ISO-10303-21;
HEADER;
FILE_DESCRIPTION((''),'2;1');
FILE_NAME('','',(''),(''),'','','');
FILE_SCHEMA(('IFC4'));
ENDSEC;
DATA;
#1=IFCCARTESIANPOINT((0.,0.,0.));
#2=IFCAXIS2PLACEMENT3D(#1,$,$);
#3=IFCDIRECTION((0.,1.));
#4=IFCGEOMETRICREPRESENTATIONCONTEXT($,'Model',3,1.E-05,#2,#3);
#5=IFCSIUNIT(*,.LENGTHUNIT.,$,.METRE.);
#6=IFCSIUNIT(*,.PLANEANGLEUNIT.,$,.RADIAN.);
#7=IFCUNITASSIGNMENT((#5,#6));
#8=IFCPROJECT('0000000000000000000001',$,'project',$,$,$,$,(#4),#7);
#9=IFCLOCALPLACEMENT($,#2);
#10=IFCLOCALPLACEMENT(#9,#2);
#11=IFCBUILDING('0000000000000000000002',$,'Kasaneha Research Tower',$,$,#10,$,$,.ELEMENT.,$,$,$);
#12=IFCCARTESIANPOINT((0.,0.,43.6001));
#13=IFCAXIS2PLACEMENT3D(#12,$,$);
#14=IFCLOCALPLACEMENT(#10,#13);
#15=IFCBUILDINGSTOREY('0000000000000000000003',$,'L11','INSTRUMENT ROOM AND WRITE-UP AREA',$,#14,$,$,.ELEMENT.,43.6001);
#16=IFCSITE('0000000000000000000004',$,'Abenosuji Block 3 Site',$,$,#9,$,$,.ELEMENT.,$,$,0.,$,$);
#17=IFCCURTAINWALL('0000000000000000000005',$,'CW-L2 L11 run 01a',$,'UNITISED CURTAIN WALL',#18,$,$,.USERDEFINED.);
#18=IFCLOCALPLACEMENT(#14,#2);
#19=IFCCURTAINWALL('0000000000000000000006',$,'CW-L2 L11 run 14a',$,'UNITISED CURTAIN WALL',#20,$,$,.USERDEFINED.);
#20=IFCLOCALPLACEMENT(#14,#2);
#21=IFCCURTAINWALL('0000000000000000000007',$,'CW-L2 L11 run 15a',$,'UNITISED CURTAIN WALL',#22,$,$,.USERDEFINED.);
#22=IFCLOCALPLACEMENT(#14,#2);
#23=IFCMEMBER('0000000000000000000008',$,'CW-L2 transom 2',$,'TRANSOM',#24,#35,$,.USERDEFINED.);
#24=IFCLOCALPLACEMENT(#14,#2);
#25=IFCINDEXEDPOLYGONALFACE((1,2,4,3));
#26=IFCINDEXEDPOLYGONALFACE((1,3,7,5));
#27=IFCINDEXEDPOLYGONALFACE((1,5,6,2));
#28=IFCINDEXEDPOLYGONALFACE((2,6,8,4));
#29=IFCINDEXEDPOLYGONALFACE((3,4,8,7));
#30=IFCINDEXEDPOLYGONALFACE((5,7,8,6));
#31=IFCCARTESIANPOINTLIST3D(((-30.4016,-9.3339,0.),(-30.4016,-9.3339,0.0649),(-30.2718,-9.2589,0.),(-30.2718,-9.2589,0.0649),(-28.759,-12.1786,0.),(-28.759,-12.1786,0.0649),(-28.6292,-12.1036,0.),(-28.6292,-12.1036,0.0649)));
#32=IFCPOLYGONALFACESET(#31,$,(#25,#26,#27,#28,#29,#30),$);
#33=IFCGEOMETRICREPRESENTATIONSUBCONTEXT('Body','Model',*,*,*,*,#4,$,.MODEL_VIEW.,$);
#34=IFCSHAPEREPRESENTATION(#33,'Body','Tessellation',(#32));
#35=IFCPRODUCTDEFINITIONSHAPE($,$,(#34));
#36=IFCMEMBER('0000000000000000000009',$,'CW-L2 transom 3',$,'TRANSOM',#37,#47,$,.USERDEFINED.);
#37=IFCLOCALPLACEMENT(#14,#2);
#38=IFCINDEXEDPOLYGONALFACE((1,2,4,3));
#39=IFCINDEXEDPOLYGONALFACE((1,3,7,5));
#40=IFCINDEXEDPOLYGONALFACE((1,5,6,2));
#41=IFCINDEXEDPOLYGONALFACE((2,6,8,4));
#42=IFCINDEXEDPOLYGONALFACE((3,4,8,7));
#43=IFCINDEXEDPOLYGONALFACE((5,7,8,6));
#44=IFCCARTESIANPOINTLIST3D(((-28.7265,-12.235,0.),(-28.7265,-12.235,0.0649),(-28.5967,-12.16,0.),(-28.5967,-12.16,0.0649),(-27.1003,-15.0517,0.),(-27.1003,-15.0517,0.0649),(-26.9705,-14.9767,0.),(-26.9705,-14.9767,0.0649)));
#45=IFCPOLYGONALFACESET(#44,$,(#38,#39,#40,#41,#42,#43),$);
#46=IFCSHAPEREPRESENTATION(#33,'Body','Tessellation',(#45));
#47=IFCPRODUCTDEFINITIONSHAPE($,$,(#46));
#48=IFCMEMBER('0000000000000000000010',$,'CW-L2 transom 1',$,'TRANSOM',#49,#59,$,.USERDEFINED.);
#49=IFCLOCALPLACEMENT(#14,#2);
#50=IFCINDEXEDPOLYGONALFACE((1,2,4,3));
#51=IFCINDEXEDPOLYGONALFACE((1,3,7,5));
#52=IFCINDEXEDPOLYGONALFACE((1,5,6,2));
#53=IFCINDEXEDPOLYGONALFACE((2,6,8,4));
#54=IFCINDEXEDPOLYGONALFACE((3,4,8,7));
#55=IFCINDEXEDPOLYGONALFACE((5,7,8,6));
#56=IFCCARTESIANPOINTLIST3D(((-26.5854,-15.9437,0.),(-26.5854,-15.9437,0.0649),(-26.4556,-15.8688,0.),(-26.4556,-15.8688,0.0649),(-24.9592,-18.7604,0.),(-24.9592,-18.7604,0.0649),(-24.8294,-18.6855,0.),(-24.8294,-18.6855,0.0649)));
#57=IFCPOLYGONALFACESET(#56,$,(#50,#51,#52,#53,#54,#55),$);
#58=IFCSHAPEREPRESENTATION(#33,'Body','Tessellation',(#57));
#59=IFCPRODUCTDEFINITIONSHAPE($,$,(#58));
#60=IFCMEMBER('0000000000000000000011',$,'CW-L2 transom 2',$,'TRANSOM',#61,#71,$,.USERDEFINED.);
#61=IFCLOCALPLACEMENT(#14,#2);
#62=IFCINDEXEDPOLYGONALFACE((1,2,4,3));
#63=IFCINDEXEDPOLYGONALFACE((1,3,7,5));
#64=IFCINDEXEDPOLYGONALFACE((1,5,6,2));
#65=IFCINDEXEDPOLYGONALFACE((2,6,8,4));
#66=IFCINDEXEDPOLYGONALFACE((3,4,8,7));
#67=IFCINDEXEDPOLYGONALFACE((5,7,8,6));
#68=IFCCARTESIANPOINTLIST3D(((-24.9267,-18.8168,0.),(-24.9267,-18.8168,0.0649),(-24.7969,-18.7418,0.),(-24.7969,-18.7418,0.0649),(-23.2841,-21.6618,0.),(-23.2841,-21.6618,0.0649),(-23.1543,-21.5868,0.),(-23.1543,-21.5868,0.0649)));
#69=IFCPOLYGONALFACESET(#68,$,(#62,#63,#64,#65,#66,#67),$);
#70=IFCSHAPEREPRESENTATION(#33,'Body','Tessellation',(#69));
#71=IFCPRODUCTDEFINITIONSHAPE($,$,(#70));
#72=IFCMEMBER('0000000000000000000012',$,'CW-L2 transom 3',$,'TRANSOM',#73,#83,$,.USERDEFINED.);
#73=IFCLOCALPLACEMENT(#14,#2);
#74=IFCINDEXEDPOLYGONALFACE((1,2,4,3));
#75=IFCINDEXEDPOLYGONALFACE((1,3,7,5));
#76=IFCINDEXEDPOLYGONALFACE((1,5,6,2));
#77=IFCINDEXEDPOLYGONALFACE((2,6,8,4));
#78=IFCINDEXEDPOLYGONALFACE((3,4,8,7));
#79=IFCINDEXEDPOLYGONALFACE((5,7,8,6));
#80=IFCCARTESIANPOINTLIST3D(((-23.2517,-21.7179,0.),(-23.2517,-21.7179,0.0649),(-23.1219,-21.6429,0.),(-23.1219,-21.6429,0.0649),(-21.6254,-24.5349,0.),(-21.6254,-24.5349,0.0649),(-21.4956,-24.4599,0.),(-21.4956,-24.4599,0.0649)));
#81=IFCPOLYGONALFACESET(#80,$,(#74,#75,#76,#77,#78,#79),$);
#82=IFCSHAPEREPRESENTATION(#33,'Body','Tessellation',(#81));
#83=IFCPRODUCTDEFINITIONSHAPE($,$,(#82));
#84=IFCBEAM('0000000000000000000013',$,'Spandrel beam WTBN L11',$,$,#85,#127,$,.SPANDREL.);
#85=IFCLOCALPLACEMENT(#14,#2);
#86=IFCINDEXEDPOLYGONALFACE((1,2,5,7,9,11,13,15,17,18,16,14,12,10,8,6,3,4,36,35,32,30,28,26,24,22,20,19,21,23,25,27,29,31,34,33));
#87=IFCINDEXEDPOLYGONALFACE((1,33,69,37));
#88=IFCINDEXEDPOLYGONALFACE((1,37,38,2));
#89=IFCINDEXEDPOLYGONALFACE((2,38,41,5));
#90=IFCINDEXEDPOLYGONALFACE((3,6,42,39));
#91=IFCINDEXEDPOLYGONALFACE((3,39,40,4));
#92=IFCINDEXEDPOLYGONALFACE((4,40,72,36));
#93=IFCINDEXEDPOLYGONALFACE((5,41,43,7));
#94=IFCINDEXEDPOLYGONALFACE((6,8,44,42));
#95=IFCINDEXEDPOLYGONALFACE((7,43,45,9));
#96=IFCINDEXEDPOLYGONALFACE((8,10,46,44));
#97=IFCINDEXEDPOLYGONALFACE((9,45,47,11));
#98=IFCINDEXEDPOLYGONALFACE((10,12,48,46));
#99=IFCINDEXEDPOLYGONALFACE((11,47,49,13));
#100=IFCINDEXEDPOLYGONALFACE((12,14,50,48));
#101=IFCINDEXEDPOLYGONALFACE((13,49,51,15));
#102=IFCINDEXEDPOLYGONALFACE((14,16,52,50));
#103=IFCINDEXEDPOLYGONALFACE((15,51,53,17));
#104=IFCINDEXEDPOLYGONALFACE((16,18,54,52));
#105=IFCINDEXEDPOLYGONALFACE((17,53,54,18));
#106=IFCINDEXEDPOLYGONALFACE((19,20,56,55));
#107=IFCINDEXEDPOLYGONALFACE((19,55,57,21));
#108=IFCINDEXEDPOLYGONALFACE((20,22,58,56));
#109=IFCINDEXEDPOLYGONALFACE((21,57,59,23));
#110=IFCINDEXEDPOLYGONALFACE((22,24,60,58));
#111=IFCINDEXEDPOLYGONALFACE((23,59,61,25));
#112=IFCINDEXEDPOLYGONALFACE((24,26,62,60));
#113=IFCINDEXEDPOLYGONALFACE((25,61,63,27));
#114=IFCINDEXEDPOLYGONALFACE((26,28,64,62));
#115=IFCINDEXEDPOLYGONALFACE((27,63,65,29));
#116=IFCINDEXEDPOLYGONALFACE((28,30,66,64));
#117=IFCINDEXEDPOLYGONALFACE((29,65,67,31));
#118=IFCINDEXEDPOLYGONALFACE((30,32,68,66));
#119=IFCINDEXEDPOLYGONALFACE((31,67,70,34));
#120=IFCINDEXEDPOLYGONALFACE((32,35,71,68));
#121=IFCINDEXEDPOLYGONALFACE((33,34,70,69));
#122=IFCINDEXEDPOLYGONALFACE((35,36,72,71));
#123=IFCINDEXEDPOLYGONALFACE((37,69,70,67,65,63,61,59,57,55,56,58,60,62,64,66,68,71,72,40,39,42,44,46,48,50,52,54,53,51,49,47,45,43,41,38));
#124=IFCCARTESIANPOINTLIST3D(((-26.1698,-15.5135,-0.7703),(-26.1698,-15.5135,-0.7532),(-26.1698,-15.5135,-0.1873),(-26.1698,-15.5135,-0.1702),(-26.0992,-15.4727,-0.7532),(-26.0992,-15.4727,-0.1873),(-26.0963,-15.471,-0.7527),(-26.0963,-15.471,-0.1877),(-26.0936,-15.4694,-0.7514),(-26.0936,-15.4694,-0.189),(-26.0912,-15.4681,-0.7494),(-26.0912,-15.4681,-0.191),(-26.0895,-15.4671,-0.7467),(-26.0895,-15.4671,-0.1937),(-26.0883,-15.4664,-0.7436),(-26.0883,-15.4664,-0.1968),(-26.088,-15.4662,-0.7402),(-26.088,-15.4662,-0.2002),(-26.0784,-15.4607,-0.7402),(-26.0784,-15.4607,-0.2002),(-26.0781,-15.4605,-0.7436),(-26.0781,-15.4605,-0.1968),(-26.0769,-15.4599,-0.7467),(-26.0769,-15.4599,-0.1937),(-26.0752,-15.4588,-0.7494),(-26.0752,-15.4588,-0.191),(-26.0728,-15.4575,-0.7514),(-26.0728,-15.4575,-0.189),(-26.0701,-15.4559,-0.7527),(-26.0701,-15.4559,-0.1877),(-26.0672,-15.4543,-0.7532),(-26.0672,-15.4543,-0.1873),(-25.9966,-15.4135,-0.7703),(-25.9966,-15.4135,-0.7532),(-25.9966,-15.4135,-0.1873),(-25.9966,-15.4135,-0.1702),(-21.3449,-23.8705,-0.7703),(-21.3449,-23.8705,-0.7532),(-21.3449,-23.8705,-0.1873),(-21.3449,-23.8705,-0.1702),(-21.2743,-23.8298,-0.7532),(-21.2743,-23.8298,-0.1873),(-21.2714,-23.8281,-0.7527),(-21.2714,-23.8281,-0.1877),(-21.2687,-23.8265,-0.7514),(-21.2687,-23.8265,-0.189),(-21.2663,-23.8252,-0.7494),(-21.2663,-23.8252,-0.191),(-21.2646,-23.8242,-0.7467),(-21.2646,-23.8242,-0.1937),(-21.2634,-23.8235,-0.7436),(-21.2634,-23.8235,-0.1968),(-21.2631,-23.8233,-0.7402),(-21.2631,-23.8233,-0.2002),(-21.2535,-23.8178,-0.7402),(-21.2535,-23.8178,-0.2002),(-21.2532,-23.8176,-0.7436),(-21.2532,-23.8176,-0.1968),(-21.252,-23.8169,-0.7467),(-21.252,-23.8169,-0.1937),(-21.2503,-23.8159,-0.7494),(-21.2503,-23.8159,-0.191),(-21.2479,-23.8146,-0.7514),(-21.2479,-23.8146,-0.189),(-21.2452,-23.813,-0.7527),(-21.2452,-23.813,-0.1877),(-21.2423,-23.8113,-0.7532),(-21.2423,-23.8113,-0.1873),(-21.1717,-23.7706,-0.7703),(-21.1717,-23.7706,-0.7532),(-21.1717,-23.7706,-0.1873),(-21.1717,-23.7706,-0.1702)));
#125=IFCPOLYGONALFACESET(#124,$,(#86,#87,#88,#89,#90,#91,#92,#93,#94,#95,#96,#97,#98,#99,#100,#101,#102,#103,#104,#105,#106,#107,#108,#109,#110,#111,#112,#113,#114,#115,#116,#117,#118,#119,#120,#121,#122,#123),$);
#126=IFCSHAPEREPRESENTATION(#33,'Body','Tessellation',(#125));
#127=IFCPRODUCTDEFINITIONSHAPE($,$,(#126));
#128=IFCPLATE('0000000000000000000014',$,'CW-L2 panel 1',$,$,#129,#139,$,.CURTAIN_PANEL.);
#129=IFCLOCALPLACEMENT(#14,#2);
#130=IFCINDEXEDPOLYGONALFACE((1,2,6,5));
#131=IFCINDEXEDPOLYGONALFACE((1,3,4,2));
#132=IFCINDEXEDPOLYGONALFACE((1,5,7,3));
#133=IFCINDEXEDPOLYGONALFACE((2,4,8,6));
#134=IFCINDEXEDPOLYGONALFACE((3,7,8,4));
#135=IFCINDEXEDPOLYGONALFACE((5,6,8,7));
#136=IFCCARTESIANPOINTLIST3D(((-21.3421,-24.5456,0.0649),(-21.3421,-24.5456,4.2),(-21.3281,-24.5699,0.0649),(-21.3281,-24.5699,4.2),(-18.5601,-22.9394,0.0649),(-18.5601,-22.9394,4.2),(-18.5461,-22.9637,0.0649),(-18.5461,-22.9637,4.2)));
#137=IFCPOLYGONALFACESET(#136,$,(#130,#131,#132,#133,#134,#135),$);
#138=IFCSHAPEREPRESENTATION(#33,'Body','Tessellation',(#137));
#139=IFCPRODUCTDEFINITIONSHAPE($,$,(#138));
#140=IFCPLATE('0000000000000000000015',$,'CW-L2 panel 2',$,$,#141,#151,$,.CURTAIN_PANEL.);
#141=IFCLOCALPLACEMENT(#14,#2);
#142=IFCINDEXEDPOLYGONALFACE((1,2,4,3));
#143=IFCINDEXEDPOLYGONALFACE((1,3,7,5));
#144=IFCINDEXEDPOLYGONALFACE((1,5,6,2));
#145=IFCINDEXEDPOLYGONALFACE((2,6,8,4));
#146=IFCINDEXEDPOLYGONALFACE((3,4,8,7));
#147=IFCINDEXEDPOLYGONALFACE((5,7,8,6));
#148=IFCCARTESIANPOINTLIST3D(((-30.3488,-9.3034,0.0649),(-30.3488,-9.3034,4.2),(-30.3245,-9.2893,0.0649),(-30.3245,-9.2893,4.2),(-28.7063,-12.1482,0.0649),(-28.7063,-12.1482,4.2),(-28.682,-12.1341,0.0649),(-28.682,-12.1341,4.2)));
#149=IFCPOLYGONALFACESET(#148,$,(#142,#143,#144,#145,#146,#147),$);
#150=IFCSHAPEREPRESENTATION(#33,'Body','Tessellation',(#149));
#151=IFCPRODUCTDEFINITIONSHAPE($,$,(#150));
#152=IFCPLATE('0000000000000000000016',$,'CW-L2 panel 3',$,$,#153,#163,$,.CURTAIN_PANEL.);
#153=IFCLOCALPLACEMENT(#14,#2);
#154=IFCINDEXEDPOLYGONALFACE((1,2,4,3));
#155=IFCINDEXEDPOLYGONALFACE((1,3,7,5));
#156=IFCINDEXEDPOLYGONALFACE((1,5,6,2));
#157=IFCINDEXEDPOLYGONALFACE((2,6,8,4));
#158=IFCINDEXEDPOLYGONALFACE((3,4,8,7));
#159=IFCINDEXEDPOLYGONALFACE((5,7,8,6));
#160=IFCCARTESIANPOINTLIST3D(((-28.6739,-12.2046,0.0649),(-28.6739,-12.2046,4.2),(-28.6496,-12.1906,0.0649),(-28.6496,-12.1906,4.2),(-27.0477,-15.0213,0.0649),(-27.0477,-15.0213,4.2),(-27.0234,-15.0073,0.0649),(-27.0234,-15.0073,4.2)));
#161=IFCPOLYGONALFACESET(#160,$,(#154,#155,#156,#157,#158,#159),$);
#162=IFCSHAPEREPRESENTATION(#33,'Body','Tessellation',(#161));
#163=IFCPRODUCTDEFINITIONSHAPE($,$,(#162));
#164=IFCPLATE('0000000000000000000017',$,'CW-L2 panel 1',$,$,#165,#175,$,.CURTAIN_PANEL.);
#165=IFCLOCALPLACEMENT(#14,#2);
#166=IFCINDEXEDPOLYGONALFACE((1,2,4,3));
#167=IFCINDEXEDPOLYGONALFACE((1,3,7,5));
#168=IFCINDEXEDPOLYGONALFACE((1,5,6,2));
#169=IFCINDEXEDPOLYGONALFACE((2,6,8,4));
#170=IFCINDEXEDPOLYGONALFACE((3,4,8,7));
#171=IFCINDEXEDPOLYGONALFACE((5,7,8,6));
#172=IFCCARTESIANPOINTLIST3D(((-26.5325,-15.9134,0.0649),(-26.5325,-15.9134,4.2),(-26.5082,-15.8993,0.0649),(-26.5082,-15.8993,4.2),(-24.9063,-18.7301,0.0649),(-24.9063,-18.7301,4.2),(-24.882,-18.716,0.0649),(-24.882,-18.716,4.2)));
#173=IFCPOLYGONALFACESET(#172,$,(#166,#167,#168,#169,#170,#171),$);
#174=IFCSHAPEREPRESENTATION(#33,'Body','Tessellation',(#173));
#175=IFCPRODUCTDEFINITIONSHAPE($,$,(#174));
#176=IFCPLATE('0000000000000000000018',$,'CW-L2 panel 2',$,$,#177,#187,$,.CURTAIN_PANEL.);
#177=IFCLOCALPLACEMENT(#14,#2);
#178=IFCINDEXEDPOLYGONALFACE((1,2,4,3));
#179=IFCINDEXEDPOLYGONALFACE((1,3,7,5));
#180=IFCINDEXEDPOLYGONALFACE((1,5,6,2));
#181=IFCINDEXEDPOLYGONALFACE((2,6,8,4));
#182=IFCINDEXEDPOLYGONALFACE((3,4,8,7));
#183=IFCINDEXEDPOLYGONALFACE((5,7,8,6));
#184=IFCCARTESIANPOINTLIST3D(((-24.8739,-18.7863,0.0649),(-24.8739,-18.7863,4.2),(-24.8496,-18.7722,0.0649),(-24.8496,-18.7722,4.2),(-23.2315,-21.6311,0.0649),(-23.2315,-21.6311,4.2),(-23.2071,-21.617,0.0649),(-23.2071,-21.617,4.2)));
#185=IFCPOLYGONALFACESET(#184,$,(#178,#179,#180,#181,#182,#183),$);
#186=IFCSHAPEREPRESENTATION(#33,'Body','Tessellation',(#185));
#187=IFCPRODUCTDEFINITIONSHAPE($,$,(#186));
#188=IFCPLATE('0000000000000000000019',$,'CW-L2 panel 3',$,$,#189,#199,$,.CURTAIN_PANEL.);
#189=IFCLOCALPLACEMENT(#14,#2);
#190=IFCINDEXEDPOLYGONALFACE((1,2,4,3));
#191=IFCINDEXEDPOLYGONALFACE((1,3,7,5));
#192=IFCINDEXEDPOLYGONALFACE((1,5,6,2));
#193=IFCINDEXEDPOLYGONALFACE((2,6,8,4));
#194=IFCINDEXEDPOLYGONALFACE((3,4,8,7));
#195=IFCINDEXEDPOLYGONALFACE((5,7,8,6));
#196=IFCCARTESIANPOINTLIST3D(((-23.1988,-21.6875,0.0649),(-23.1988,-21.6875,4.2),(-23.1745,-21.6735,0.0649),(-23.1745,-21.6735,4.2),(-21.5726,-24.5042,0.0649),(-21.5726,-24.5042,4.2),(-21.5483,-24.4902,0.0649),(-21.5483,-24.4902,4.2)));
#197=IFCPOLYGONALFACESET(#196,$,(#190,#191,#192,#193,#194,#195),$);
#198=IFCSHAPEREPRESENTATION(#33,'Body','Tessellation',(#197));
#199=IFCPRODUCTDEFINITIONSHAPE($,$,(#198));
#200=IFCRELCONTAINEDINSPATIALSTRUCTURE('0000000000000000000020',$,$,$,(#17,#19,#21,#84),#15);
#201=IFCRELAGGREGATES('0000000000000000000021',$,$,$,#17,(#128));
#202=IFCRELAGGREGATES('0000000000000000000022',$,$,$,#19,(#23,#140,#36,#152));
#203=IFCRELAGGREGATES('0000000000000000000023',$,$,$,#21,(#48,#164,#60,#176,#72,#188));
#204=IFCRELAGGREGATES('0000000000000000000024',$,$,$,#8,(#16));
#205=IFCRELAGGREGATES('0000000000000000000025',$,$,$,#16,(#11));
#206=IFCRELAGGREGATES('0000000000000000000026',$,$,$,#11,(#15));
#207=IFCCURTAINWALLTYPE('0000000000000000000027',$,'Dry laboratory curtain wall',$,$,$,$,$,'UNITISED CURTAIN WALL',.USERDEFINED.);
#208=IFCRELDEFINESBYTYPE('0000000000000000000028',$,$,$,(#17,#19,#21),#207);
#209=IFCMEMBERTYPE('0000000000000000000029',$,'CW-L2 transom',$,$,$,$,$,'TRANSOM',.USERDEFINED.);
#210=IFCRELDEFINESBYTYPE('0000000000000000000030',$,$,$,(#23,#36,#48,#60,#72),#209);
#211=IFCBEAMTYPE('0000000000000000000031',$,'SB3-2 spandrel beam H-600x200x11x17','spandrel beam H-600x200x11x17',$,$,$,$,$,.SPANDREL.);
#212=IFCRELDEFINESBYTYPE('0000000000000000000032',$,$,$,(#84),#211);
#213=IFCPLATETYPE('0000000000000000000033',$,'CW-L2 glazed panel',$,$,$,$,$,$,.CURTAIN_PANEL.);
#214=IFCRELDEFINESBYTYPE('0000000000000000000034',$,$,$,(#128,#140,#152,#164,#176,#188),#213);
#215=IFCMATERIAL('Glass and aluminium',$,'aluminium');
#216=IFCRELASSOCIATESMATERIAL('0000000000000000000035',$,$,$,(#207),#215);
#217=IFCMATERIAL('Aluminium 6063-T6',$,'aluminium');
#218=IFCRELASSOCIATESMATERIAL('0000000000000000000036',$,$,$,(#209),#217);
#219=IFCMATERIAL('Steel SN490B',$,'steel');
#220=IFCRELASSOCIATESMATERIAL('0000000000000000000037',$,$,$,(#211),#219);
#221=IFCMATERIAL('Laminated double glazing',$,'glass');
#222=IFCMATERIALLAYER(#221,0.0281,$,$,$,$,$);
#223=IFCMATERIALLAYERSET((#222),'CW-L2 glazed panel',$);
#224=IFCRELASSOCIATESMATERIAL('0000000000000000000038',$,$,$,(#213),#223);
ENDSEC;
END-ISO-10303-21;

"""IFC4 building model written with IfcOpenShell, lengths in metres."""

from ifc_helpers import new_model, si_unit, direction, frame, origin, origin_2d, place, context, subcontext, project, spatial, rectangle, i_section, extrude, material, layer, layer_set, material_profile, profile_set, type_object, element, aggregate, save


model = new_model("IFC4")

# Units and contexts
model_context = context("Model", 3, precision=1e-05, world=origin(), true_north=direction((0.0, 1.0)))
body_context = subcontext(model_context, "Body", "Model", "MODEL_VIEW")
ifc_project = project(units=[si_unit("LENGTHUNIT", "METRE"), si_unit("PLANEANGLEUNIT", "RADIAN")], contexts=[model_context])

# Site, building, storey
site_placement = place(None, origin())
site = spatial("IfcSite", under=ifc_project, at=site_placement, Name="Abenosuji Block 3 Site", CompositionType="ELEMENT", RefElevation=0.0)
building_placement = place(site_placement, origin())
building = spatial("IfcBuilding", under=site, at=building_placement, Name="Kasaneha Research Tower", CompositionType="ELEMENT")
storey_placement = place(building_placement, frame((0.0, 0.0, 43.6001)))
storey = spatial("IfcBuildingStorey", under=building, at=storey_placement, Name="L11", Description="INSTRUMENT ROOM AND WRITE-UP AREA", CompositionType="ELEMENT", Elevation=43.6001)

# Curtain wall
ifc_material_1 = material(Name="Glass and aluminium", Category="aluminium")
curtain_wall_type = type_object("IfcCurtainWallType", Name="Dry laboratory curtain wall", ElementType="UNITISED CURTAIN WALL", PredefinedType="USERDEFINED", material=ifc_material_1)
curtain_wall_1_placement = place(storey_placement, origin())
curtain_wall_1 = element("IfcCurtainWall", 1, at=curtain_wall_1_placement, inside=storey, type_object=curtain_wall_type, Name="CW-L2 L11 run 01a", ObjectType="UNITISED CURTAIN WALL", PredefinedType="USERDEFINED")

# Curtain walls
curtain_wall_2_placement = place(storey_placement, origin())
curtain_wall_2 = element("IfcCurtainWall", 2, at=curtain_wall_2_placement, inside=storey, type_object=curtain_wall_type, Name="CW-L2 L11 run 14a", ObjectType="UNITISED CURTAIN WALL", PredefinedType="USERDEFINED")
curtain_wall_3_placement = place(storey_placement, origin())
curtain_wall_3 = element("IfcCurtainWall", 3, at=curtain_wall_3_placement, inside=storey, type_object=curtain_wall_type, Name="CW-L2 L11 run 15a", ObjectType="UNITISED CURTAIN WALL", PredefinedType="USERDEFINED")

# Members
ifc_material_2 = material(Name="Aluminium 6063-T6", Category="aluminium")
ifc_material_profile_1 = material_profile(ifc_material_2, rectangle(XDim=0.1499, YDim=0.0649, at=origin_2d()), Name="CW-L2 transom 150x65")
ifc_profile_set_1 = profile_set([ifc_material_profile_1], Name="Aluminium 6063-T6")
member_type_1 = type_object("IfcMemberType", Name="CW-L2 transom", ElementType="TRANSOM", PredefinedType="USERDEFINED", material=ifc_profile_set_1)
member_1_placement = place(storey_placement, frame((-30.3367, -9.2964, 0.0325), z_axis=(0.50004, -0.866002, 0.0), x_axis=(0.866002, 0.50004, 0.0)))
member_1 = element("IfcMember", 4, at=member_1_placement, type_object=member_type_1, Name="CW-L2 transom 2", ObjectType="TRANSOM", PredefinedType="USERDEFINED", context=body_context, shape_type="SweptSolid", body=[
    extrude(rectangle(XDim=0.1499, YDim=0.0649, at=origin_2d()), origin(), (0.0, 0.0, 1.0), 3.2849),
])
member_2_placement = place(storey_placement, frame((-28.6616, -12.1975, 0.0325), z_axis=(0.500006, -0.866022, 0.0), x_axis=(0.866022, 0.500006, 0.0)))
member_2 = element("IfcMember", 5, at=member_2_placement, type_object=member_type_1, Name="CW-L2 transom 3", ObjectType="TRANSOM", PredefinedType="USERDEFINED", context=body_context, shape_type="SweptSolid", body=[
    extrude(rectangle(XDim=0.1499, YDim=0.0649, at=origin_2d()), origin(), (0.0, 0.0, 1.0), 3.2524),
])
member_3_placement = place(storey_placement, frame((-26.5205, -15.9062, 0.0325), z_axis=(0.500006, -0.866022, 0.0), x_axis=(0.866022, 0.500006, 0.0)))
member_3 = element("IfcMember", 6, at=member_3_placement, type_object=member_type_1, Name="CW-L2 transom 1", ObjectType="TRANSOM", PredefinedType="USERDEFINED", context=body_context, shape_type="SweptSolid", body=[
    extrude(rectangle(XDim=0.1499, YDim=0.0649, at=origin_2d()), origin(), (0.0, 0.0, 1.0), 3.2524),
])
member_4_placement = place(storey_placement, frame((-24.8618, -18.7793, 0.0325), z_axis=(0.500008, -0.866021, 0.0), x_axis=(0.866021, 0.500008, 0.0)))
member_4 = element("IfcMember", 7, at=member_4_placement, type_object=member_type_1, Name="CW-L2 transom 2", ObjectType="TRANSOM", PredefinedType="USERDEFINED", context=body_context, shape_type="SweptSolid", body=[
    extrude(rectangle(XDim=0.1499, YDim=0.0649, at=origin_2d()), origin(), (0.0, 0.0, 1.0), 3.2852),
])
member_5_placement = place(storey_placement, frame((-23.1868, -21.6804, 0.0325), z_axis=(0.499974, -0.866041, 0.0), x_axis=(0.866041, 0.499974, 0.0)))
member_5 = element("IfcMember", 8, at=member_5_placement, type_object=member_type_1, Name="CW-L2 transom 3", ObjectType="TRANSOM", PredefinedType="USERDEFINED", context=body_context, shape_type="SweptSolid", body=[
    extrude(rectangle(XDim=0.1499, YDim=0.0649, at=origin_2d()), origin(), (0.0, 0.0, 1.0), 3.2527),
])

# Beam
ifc_material_3 = material(Name="Steel SN490B", Category="steel")
ifc_material_profile_2 = material_profile(ifc_material_3, i_section(OverallWidth=0.2, OverallDepth=0.6001, WebThickness=0.011, FlangeThickness=0.0171, FilletRadius=0.0129, at=origin_2d()), Name="H-600x200x11x17")
ifc_profile_set_2 = profile_set([ifc_material_profile_2], Name="Steel SN490B")
beam_type_1 = type_object("IfcBeamType", Name="SB3-2 spandrel beam H-600x200x11x17", Description="spandrel beam H-600x200x11x17", PredefinedType="SPANDREL", material=ifc_profile_set_2)
beam_1_placement = place(storey_placement, frame((-21.2583, -23.8206, -0.4702), z_axis=(-0.499995, 0.866028, 0.0), x_axis=(-0.866028, -0.499995, 0.0)))
element("IfcBeam", 9, at=beam_1_placement, inside=storey, type_object=beam_type_1, Name="Spandrel beam WTBN L11", PredefinedType="SPANDREL", context=body_context, shape_type="SweptSolid", body=[
    extrude(i_section(OverallWidth=0.2, OverallDepth=0.6001, WebThickness=0.011, FlangeThickness=0.0171, FilletRadius=0.0129, at=origin_2d()), origin(), (0.0, 0.0, 1.0), 9.6499),
])

# Plates
ifc_material_4 = material(Name="Laminated double glazing", Category="glass")
ifc_layer_1 = layer(ifc_material_4, 0.0281)
ifc_layer_set_1 = layer_set([ifc_layer_1], Name="CW-L2 glazed panel")
plate_type = type_object("IfcPlateType", Name="CW-L2 glazed panel", PredefinedType="CURTAIN_PANEL", material=ifc_layer_set_1)
plate_1_placement = place(storey_placement, frame((-19.9441, -23.7546, 0.0649), z_axis=(0.0, 0.0, 1.0), x_axis=(0.866025, 0.5, 0.0)))
plate_1 = element("IfcPlate", 10, at=plate_1_placement, type_object=plate_type, Name="CW-L2 panel 1", PredefinedType="CURTAIN_PANEL", context=body_context, shape_type="SweptSolid", body=[
    extrude(rectangle(XDim=3.2124, YDim=0.0281, at=origin_2d()), origin(), (0.0, 0.0, 1.0), 4.135),
])
aggregate(curtain_wall_1, [plate_1])
plate_2_placement = place(storey_placement, frame((-29.5154, -10.7188, 0.0649), z_axis=(0.0, 0.0, 1.0), x_axis=(0.5, -0.866025, 0.0)))
plate_2 = element("IfcPlate", 11, at=plate_2_placement, type_object=plate_type, Name="CW-L2 panel 2", PredefinedType="CURTAIN_PANEL", context=body_context, shape_type="SweptSolid", body=[
    extrude(rectangle(XDim=3.2849, YDim=0.0281, at=origin_2d()), origin(), (0.0, 0.0, 1.0), 4.135),
])
plate_3_placement = place(storey_placement, frame((-27.8486, -13.606, 0.0649), z_axis=(0.0, 0.0, 1.0), x_axis=(0.5, -0.866025, 0.0)))
plate_3 = element("IfcPlate", 12, at=plate_3_placement, type_object=plate_type, Name="CW-L2 panel 3", PredefinedType="CURTAIN_PANEL", context=body_context, shape_type="SweptSolid", body=[
    extrude(rectangle(XDim=3.2524, YDim=0.0281, at=origin_2d()), origin(), (0.0, 0.0, 1.0), 4.135),
])
aggregate(curtain_wall_2, [member_1, plate_2, member_2, plate_3])
plate_4_placement = place(storey_placement, frame((-25.7073, -17.3147, 0.0649), z_axis=(0.0, 0.0, 1.0), x_axis=(0.5, -0.866025, 0.0)))
plate_4 = element("IfcPlate", 13, at=plate_4_placement, type_object=plate_type, Name="CW-L2 panel 1", PredefinedType="CURTAIN_PANEL", context=body_context, shape_type="SweptSolid", body=[
    extrude(rectangle(XDim=3.2524, YDim=0.0281, at=origin_2d()), origin(), (0.0, 0.0, 1.0), 4.135),
])
plate_5_placement = place(storey_placement, frame((-24.0405, -20.2017, 0.0649), z_axis=(0.0, 0.0, 1.0), x_axis=(0.5, -0.866025, 0.0)))
plate_5 = element("IfcPlate", 14, at=plate_5_placement, type_object=plate_type, Name="CW-L2 panel 2", PredefinedType="CURTAIN_PANEL", context=body_context, shape_type="SweptSolid", body=[
    extrude(rectangle(XDim=3.2849, YDim=0.0281, at=origin_2d()), origin(), (0.0, 0.0, 1.0), 4.135),
])
plate_6_placement = place(storey_placement, frame((-22.3735, -23.0889, 0.0649), z_axis=(0.0, 0.0, 1.0), x_axis=(0.5, -0.866025, 0.0)))
plate_6 = element("IfcPlate", 15, at=plate_6_placement, type_object=plate_type, Name="CW-L2 panel 3", PredefinedType="CURTAIN_PANEL", context=body_context, shape_type="SweptSolid", body=[
    extrude(rectangle(XDim=3.2524, YDim=0.0281, at=origin_2d()), origin(), (0.0, 0.0, 1.0), 4.135),
])
aggregate(curtain_wall_3, [member_3, plate_4, member_4, plate_5, member_5, plate_6])

save(model, "model.ifc")
